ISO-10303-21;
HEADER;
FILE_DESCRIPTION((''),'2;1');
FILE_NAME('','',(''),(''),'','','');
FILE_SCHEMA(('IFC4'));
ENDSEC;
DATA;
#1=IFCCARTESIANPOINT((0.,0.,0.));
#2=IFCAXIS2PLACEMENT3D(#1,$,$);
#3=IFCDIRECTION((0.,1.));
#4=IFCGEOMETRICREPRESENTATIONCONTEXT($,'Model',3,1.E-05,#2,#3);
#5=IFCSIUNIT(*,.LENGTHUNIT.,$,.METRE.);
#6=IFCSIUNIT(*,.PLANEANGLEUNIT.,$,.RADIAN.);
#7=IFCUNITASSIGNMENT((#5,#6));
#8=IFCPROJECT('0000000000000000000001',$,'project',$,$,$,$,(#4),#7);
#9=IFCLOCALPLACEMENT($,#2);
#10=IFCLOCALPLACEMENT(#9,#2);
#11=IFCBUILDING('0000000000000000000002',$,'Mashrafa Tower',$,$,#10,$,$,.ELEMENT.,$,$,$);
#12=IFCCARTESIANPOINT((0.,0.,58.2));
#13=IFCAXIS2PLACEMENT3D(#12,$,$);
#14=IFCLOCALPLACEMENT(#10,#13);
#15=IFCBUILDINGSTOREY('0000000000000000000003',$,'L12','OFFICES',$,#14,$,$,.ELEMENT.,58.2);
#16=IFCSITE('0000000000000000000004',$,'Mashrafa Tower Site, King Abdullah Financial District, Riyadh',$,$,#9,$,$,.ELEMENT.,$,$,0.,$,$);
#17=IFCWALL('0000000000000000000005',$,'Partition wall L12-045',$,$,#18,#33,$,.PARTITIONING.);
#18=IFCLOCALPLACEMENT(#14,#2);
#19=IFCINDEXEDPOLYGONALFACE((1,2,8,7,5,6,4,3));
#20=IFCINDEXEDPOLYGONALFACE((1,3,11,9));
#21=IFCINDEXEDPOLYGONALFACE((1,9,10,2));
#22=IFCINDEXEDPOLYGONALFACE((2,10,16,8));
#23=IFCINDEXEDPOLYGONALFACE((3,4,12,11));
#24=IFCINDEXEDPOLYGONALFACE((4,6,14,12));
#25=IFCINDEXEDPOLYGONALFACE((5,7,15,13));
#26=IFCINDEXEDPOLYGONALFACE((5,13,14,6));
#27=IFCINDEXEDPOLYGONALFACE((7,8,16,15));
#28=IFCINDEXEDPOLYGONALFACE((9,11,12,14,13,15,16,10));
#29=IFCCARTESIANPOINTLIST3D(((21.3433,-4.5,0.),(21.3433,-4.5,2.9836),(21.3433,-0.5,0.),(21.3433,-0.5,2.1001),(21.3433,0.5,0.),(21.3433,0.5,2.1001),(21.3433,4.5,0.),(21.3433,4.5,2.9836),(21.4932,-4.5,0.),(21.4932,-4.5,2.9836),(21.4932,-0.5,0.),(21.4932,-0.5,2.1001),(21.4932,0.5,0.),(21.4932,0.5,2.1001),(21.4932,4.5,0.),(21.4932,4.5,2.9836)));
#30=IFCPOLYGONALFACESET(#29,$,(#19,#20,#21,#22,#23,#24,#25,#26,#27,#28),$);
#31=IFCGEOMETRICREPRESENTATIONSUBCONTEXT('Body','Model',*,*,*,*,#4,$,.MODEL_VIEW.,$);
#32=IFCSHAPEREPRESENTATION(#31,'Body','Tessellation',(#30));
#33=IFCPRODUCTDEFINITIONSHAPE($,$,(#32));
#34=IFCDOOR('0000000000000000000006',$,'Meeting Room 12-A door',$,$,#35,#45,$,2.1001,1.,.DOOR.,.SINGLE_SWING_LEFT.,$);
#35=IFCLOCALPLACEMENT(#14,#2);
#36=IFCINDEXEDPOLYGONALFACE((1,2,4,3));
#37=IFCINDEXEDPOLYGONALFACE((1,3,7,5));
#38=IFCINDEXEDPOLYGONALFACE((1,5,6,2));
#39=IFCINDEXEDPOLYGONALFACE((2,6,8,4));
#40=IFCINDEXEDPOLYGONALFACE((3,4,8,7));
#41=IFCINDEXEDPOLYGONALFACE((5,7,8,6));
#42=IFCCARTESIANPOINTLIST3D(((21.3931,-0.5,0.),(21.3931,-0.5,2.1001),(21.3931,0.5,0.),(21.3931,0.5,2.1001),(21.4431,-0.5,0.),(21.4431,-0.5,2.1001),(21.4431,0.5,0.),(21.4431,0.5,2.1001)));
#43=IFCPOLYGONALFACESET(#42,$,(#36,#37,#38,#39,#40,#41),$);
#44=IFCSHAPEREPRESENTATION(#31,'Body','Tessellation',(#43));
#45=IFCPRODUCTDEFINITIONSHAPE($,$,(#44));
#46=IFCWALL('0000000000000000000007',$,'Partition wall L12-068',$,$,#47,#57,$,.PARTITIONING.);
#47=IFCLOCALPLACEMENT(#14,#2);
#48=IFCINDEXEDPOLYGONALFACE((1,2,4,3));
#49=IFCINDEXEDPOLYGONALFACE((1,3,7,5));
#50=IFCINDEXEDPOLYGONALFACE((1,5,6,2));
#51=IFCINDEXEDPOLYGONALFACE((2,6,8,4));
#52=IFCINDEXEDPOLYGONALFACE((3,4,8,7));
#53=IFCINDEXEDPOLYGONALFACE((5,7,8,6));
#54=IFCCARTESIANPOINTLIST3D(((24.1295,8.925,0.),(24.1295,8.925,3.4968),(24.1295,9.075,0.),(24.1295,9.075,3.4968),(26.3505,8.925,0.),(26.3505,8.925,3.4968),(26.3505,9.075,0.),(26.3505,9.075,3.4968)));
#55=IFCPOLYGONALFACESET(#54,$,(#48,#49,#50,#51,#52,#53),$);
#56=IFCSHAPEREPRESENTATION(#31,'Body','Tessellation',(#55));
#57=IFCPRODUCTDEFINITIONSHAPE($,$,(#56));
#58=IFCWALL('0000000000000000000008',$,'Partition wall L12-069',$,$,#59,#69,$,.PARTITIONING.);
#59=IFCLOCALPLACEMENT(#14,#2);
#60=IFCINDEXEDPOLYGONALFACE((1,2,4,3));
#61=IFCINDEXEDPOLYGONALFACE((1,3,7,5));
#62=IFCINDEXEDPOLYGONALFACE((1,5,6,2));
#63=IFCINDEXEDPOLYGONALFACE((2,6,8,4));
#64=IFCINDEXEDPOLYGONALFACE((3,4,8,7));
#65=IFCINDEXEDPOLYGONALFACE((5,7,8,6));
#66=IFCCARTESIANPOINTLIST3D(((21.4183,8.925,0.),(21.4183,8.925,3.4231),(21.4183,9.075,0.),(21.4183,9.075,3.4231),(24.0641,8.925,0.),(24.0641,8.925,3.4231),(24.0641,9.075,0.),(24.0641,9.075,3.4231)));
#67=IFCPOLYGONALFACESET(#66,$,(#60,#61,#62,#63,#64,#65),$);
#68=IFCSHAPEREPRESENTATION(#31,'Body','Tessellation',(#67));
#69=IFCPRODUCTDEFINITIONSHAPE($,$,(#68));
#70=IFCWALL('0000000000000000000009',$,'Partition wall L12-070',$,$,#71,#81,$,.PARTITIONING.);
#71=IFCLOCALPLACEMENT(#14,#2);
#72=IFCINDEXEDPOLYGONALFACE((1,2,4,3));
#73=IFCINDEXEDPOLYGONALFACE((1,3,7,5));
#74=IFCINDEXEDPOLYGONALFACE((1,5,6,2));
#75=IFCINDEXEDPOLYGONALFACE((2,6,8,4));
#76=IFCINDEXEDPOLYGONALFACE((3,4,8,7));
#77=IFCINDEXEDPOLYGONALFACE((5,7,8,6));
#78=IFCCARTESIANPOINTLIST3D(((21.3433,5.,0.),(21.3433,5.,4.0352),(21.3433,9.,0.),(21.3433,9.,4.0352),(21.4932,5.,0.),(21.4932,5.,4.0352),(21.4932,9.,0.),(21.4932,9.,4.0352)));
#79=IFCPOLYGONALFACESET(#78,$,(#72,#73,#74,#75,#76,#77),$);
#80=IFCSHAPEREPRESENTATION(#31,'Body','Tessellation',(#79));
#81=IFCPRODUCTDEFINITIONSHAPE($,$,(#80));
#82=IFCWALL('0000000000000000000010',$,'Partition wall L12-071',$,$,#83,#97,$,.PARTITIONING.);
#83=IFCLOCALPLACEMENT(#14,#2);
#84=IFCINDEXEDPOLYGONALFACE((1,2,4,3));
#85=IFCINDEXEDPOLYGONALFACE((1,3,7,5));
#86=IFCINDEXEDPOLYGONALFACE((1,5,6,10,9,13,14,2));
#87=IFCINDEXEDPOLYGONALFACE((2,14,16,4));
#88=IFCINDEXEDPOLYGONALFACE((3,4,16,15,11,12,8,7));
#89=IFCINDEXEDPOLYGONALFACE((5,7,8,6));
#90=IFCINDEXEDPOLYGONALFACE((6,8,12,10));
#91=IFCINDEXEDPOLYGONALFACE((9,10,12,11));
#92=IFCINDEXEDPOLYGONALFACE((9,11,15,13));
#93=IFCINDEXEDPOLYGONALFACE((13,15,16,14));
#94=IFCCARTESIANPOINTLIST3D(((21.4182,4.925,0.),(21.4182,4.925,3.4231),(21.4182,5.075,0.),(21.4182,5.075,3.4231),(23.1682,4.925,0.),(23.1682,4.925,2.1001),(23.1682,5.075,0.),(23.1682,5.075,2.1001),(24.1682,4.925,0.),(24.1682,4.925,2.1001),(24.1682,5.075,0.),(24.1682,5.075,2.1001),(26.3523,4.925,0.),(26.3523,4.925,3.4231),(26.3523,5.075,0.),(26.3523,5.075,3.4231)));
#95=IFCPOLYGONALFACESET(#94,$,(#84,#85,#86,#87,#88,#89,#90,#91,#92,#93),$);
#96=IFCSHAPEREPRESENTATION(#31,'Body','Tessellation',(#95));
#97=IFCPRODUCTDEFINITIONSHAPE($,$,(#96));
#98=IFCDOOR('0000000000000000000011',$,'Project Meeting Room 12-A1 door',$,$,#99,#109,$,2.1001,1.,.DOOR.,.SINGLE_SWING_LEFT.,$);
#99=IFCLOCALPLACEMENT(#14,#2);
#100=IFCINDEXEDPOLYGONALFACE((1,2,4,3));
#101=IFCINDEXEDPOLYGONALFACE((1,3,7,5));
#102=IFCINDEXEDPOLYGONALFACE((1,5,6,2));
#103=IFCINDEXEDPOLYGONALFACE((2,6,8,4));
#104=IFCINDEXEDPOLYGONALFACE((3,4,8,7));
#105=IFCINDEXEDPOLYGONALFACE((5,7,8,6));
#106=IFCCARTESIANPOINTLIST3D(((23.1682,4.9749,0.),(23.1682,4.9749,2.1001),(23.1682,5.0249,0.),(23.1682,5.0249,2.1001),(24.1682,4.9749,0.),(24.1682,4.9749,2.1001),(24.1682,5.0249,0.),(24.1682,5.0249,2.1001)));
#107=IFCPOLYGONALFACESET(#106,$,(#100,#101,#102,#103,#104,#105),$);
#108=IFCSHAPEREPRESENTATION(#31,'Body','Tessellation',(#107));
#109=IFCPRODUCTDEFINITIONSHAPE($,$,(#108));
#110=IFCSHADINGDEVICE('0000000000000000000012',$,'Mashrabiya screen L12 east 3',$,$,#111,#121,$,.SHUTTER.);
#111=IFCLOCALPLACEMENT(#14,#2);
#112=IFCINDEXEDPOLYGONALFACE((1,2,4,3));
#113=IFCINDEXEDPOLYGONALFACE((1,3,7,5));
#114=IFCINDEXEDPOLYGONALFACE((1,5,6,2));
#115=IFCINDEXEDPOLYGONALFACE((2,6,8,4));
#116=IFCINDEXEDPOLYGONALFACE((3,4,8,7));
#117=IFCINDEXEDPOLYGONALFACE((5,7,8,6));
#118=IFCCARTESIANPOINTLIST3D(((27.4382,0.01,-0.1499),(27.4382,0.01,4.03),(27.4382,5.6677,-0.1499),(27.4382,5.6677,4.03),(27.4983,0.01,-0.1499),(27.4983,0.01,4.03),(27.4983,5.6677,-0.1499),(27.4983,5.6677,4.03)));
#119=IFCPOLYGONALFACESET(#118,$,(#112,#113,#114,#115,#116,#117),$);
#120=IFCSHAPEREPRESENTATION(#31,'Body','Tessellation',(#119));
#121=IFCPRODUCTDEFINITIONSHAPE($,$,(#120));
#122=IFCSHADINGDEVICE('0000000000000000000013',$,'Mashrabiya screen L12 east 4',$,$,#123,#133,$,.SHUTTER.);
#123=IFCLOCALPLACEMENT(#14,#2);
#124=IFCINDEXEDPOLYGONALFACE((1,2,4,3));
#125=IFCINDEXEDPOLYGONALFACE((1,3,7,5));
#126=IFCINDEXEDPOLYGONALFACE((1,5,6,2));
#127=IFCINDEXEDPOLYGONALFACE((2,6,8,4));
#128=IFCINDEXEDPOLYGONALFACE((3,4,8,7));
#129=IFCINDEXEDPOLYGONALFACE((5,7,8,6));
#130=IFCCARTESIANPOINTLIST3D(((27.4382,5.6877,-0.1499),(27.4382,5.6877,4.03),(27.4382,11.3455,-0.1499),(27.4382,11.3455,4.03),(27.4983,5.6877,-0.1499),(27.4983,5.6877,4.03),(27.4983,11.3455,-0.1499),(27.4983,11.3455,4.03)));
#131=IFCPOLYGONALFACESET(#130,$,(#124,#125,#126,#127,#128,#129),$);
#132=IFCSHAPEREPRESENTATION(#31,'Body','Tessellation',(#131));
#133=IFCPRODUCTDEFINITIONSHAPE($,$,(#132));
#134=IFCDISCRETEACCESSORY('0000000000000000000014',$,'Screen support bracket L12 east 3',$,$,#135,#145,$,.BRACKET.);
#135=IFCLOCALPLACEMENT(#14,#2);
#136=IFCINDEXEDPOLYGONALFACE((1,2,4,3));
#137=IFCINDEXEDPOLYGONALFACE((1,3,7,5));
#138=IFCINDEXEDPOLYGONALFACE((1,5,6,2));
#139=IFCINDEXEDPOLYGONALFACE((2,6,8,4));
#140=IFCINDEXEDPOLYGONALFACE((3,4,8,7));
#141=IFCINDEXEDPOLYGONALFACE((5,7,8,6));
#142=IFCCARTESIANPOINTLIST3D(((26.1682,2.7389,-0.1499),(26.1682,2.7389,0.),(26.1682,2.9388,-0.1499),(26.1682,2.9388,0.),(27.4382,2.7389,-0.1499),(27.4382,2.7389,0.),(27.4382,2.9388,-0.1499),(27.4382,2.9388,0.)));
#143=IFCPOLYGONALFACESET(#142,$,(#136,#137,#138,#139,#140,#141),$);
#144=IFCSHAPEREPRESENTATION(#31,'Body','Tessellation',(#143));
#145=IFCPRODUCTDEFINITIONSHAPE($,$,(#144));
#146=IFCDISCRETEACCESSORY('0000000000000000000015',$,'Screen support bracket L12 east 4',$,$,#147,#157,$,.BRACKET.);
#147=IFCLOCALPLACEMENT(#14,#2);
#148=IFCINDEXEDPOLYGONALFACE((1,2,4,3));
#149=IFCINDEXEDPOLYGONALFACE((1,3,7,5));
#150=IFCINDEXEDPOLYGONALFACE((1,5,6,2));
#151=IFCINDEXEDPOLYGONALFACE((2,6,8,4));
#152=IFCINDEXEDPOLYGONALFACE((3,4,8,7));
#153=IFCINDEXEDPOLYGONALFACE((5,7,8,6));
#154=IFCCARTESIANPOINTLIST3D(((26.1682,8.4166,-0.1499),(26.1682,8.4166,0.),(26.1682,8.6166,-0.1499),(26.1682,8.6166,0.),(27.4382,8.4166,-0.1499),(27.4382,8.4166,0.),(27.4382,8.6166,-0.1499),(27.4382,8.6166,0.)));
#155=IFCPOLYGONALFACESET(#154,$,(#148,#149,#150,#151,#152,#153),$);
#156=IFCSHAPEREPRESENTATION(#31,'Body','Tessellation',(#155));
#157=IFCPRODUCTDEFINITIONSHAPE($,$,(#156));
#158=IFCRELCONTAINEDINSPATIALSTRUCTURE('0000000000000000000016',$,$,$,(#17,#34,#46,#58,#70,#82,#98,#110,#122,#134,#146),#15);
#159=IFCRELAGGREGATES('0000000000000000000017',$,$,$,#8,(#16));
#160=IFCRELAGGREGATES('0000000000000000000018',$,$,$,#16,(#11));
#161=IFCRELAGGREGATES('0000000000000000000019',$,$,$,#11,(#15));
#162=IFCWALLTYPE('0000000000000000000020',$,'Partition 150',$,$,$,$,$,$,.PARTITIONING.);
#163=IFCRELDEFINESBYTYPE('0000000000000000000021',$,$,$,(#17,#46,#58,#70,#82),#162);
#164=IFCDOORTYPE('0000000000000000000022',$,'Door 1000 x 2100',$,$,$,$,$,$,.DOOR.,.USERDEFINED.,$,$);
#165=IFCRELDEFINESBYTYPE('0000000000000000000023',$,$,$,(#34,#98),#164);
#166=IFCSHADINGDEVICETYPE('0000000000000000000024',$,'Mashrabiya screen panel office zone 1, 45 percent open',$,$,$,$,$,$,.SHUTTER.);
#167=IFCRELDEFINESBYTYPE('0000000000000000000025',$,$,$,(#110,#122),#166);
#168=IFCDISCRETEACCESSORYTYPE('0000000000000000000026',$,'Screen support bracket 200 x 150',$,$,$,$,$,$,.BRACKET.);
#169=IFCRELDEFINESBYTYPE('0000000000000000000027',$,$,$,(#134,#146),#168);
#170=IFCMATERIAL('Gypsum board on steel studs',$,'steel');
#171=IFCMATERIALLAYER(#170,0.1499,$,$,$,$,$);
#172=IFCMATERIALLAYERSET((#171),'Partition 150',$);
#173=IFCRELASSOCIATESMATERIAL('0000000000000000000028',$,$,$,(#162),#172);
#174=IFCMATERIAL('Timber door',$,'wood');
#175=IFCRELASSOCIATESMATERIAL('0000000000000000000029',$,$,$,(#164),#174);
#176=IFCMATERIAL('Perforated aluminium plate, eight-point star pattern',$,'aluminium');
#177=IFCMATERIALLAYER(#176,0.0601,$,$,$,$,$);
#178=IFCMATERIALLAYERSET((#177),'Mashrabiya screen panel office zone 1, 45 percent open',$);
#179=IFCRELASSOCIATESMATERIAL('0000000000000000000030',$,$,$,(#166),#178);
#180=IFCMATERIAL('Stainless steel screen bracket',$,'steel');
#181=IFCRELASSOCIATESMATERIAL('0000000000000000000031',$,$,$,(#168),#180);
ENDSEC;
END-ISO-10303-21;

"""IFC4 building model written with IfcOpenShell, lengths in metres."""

from ifc_helpers import new_model, si_unit, direction, frame, frame_2d, origin, origin_2d, place, context, subcontext, project, spatial, rectangle, extrude, source, transform, mapped, material, layer, layer_set, type_object, type_shapes, element, fill, save


model = new_model("IFC4")

# Units and contexts
model_context = context("Model", 3, precision=1e-05, world=origin(), true_north=direction((0.0, 1.0)))
body_context = subcontext(model_context, "Body", "Model", "MODEL_VIEW")
ifc_project = project(units=[si_unit("LENGTHUNIT", "METRE"), si_unit("PLANEANGLEUNIT", "RADIAN")], contexts=[model_context])

# Site, building, storey
site_placement = place(None, origin())
site = spatial("IfcSite", under=ifc_project, at=site_placement, Name="Mashrafa Tower Site, King Abdullah Financial District, Riyadh", CompositionType="ELEMENT", RefElevation=0.0)
building_placement = place(site_placement, origin())
building = spatial("IfcBuilding", under=site, at=building_placement, Name="Mashrafa Tower", CompositionType="ELEMENT")
storey_placement = place(building_placement, frame((0.0, 0.0, 58.2)))
storey = spatial("IfcBuildingStorey", under=building, at=storey_placement, Name="L12", Description="OFFICES", CompositionType="ELEMENT", Elevation=58.2)

# Shared definitions
ifc_material_1 = material(Name="Gypsum board on steel studs", Category="steel")
ifc_layer_1 = layer(ifc_material_1, 0.1499)
ifc_layer_set_1 = layer_set([ifc_layer_1], Name="Partition 150")
wall_type_1 = type_object("IfcWallType", Name="Partition 150", PredefinedType="PARTITIONING", material=ifc_layer_set_1)

# Wall, opening, door
wall_1_placement = place(storey_placement, frame((21.4182, 4.5, 0.0), z_axis=(0.0, 0.0, 1.0), x_axis=(0.0, -1.0, 0.0)))
wall_1 = element("IfcWall", 1, at=wall_1_placement, inside=storey, type_object=wall_type_1, Name="Partition wall L12-045", PredefinedType="PARTITIONING", context=body_context, shape_type="SweptSolid", body=[
    extrude(rectangle(XDim=9.0, YDim=0.1499, at=frame_2d((4.5, 0.0))), origin(), (0.0, 0.0, 1.0), 2.9836),
])
opening_1_placement = place(wall_1_placement, frame((4.0, 0.0, 0.0)))
opening_1 = element("IfcOpeningElement", 2, at=opening_1_placement, cuts=wall_1, PredefinedType="OPENING", context=body_context, shape_type="SweptSolid", body=[
    extrude(rectangle(XDim=1.0, YDim=2.1001, at=frame_2d((0.5, 1.05))), frame((0.0, 0.085, 0.0), z_axis=(0.0, -1.0, 0.0), x_axis=(1.0, 0.0, 0.0)), (0.0, 0.0, 1.0), 0.1699),
])
ifc_material_2 = material(Name="Timber door", Category="wood")
door_type = type_object("IfcDoorType", Name="Door 1000 x 2100", OperationType="USERDEFINED", PredefinedType="DOOR", material=ifc_material_2)
door_1_placement = place(opening_1_placement, origin())
door_1 = element("IfcDoor", 3, at=door_1_placement, inside=storey, type_object=door_type, Name="Meeting Room 12-A door", OperationType="SINGLE_SWING_LEFT", OverallHeight=2.1001, OverallWidth=1.0, PredefinedType="DOOR", context=body_context, shape_type="SweptSolid", body=[
    extrude(rectangle(XDim=1.0, YDim=2.1001, at=frame_2d((0.5, 1.05))), frame((0.0, 0.0249, 0.0), z_axis=(0.0, -1.0, 0.0), x_axis=(1.0, 0.0, 0.0)), (0.0, 0.0, 1.0), 0.05),
])
fill(opening_1, door_1)

# Walls
wall_2_placement = place(storey_placement, frame((26.3503, 9.0, 0.0), z_axis=(0.0, 0.0, 1.0), x_axis=(-1.0, 0.0, 0.0)))
element("IfcWall", 4, at=wall_2_placement, inside=storey, type_object=wall_type_1, Name="Partition wall L12-068", PredefinedType="PARTITIONING", context=body_context, shape_type="SweptSolid", body=[
    extrude(rectangle(XDim=2.2209, YDim=0.1499, at=frame_2d((1.1104, 0.0))), origin(), (0.0, 0.0, 1.0), 3.4968),
])
wall_3_placement = place(storey_placement, frame((24.064, 9.0, 0.0), z_axis=(0.0, 0.0, 1.0), x_axis=(-1.0, 0.0, 0.0)))
element("IfcWall", 5, at=wall_3_placement, inside=storey, type_object=wall_type_1, Name="Partition wall L12-069", PredefinedType="PARTITIONING", context=body_context, shape_type="SweptSolid", body=[
    extrude(rectangle(XDim=2.6458, YDim=0.1499, at=frame_2d((1.3228, 0.0))), origin(), (0.0, 0.0, 1.0), 3.4231),
])
wall_4_placement = place(storey_placement, frame((21.4182, 9.0, 0.0), z_axis=(0.0, 0.0, 1.0), x_axis=(0.0, -1.0, 0.0)))
element("IfcWall", 6, at=wall_4_placement, inside=storey, type_object=wall_type_1, Name="Partition wall L12-070", PredefinedType="PARTITIONING", context=body_context, shape_type="SweptSolid", body=[
    extrude(rectangle(XDim=4.0, YDim=0.1499, at=frame_2d((2.0, 0.0))), origin(), (0.0, 0.0, 1.0), 4.0352),
])

# Wall, opening, door
wall_5_placement = place(storey_placement, frame((21.4182, 5.0, 0.0), z_axis=(0.0, 0.0, 1.0), x_axis=(1.0, 0.0, 0.0)))
wall_5 = element("IfcWall", 7, at=wall_5_placement, inside=storey, type_object=wall_type_1, Name="Partition wall L12-071", PredefinedType="PARTITIONING", context=body_context, shape_type="SweptSolid", body=[
    extrude(rectangle(XDim=4.9341, YDim=0.1499, at=frame_2d((2.467, 0.0))), origin(), (0.0, 0.0, 1.0), 3.4231),
])
opening_2_placement = place(wall_5_placement, frame((1.75, 0.0, 0.0)))
opening_2 = element("IfcOpeningElement", 8, at=opening_2_placement, cuts=wall_5, PredefinedType="OPENING", context=body_context, shape_type="SweptSolid", body=[
    extrude(rectangle(XDim=1.0, YDim=2.1001, at=frame_2d((0.5, 1.05))), frame((0.0, 0.085, 0.0), z_axis=(0.0, -1.0, 0.0), x_axis=(1.0, 0.0, 0.0)), (0.0, 0.0, 1.0), 0.1699),
])
door_2_placement = place(opening_2_placement, origin())
door_2 = element("IfcDoor", 9, at=door_2_placement, inside=storey, type_object=door_type, Name="Project Meeting Room 12-A1 door", OperationType="SINGLE_SWING_LEFT", OverallHeight=2.1001, OverallWidth=1.0, PredefinedType="DOOR", context=body_context, shape_type="SweptSolid", body=[
    extrude(rectangle(XDim=1.0, YDim=2.1001, at=frame_2d((0.5, 1.05))), frame((0.0, 0.0249, 0.0), z_axis=(0.0, -1.0, 0.0), x_axis=(1.0, 0.0, 0.0)), (0.0, 0.0, 1.0), 0.05),
])
fill(opening_2, door_2)

# Shading devices
ifc_material_3 = material(Name="Perforated aluminium plate, eight-point star pattern", Category="aluminium")
ifc_layer_2 = layer(ifc_material_3, 0.0601)
ifc_layer_set_2 = layer_set([ifc_layer_2], Name="Mashrabiya screen panel office zone 1, 45 percent open")
shading_device_type = type_object("IfcShadingDeviceType", Name="Mashrabiya screen panel office zone 1, 45 percent open", PredefinedType="SHUTTER", material=ifc_layer_set_2)
shared_shape_1 = source(origin(), body_context, "Body", "SweptSolid", [
    extrude(rectangle(XDim=5.6577, YDim=0.0601, at=origin_2d()), origin(), (0.0, 0.0, 1.0), 4.1799),
])
type_shapes(shading_device_type, [shared_shape_1])
for number, where, z_axis, x_axis, name in (
    (10, (27.4683, 2.8389, -0.1499), (0.0, 0.0, 1.0), (0.0, 1.0, 0.0), "Mashrabiya screen L12 east 3"),
    (11, (27.4683, 8.5166, -0.1499), (0.0, 0.0, 1.0), (0.0, 1.0, 0.0), "Mashrabiya screen L12 east 4"),
):
    element("IfcShadingDevice", number, at=place(storey_placement, frame(where, z_axis=z_axis, x_axis=x_axis)), inside=storey, type_object=shading_device_type, Name=name, PredefinedType="SHUTTER", context=body_context, shape_type="MappedRepresentation", body=[
        mapped(shared_shape_1, transform((0.0, 0.0, 0.0))),
    ])

# Discrete accessories
ifc_material_4 = material(Name="Stainless steel screen bracket", Category="steel")
discrete_accessory_type = type_object("IfcDiscreteAccessoryType", Name="Screen support bracket 200 x 150", PredefinedType="BRACKET", material=ifc_material_4)
shared_shape_2 = source(origin(), body_context, "Body", "SweptSolid", [
    extrude(rectangle(XDim=0.2, YDim=1.27, at=origin_2d()), origin(), (0.0, 0.0, 1.0), 0.1499),
])
type_shapes(discrete_accessory_type, [shared_shape_2])
for number, where, z_axis, x_axis, name in (
    (12, (26.8032, 2.8389, -0.1499), (0.0, 0.0, 1.0), (0.0, 1.0, 0.0), "Screen support bracket L12 east 3"),
    (13, (26.8032, 8.5166, -0.1499), (0.0, 0.0, 1.0), (0.0, 1.0, 0.0), "Screen support bracket L12 east 4"),
):
    element("IfcDiscreteAccessory", number, at=place(storey_placement, frame(where, z_axis=z_axis, x_axis=x_axis)), inside=storey, type_object=discrete_accessory_type, Name=name, PredefinedType="BRACKET", context=body_context, shape_type="MappedRepresentation", body=[
        mapped(shared_shape_2, transform((0.0, 0.0, 0.0))),
    ])

save(model, "model.ifc")
